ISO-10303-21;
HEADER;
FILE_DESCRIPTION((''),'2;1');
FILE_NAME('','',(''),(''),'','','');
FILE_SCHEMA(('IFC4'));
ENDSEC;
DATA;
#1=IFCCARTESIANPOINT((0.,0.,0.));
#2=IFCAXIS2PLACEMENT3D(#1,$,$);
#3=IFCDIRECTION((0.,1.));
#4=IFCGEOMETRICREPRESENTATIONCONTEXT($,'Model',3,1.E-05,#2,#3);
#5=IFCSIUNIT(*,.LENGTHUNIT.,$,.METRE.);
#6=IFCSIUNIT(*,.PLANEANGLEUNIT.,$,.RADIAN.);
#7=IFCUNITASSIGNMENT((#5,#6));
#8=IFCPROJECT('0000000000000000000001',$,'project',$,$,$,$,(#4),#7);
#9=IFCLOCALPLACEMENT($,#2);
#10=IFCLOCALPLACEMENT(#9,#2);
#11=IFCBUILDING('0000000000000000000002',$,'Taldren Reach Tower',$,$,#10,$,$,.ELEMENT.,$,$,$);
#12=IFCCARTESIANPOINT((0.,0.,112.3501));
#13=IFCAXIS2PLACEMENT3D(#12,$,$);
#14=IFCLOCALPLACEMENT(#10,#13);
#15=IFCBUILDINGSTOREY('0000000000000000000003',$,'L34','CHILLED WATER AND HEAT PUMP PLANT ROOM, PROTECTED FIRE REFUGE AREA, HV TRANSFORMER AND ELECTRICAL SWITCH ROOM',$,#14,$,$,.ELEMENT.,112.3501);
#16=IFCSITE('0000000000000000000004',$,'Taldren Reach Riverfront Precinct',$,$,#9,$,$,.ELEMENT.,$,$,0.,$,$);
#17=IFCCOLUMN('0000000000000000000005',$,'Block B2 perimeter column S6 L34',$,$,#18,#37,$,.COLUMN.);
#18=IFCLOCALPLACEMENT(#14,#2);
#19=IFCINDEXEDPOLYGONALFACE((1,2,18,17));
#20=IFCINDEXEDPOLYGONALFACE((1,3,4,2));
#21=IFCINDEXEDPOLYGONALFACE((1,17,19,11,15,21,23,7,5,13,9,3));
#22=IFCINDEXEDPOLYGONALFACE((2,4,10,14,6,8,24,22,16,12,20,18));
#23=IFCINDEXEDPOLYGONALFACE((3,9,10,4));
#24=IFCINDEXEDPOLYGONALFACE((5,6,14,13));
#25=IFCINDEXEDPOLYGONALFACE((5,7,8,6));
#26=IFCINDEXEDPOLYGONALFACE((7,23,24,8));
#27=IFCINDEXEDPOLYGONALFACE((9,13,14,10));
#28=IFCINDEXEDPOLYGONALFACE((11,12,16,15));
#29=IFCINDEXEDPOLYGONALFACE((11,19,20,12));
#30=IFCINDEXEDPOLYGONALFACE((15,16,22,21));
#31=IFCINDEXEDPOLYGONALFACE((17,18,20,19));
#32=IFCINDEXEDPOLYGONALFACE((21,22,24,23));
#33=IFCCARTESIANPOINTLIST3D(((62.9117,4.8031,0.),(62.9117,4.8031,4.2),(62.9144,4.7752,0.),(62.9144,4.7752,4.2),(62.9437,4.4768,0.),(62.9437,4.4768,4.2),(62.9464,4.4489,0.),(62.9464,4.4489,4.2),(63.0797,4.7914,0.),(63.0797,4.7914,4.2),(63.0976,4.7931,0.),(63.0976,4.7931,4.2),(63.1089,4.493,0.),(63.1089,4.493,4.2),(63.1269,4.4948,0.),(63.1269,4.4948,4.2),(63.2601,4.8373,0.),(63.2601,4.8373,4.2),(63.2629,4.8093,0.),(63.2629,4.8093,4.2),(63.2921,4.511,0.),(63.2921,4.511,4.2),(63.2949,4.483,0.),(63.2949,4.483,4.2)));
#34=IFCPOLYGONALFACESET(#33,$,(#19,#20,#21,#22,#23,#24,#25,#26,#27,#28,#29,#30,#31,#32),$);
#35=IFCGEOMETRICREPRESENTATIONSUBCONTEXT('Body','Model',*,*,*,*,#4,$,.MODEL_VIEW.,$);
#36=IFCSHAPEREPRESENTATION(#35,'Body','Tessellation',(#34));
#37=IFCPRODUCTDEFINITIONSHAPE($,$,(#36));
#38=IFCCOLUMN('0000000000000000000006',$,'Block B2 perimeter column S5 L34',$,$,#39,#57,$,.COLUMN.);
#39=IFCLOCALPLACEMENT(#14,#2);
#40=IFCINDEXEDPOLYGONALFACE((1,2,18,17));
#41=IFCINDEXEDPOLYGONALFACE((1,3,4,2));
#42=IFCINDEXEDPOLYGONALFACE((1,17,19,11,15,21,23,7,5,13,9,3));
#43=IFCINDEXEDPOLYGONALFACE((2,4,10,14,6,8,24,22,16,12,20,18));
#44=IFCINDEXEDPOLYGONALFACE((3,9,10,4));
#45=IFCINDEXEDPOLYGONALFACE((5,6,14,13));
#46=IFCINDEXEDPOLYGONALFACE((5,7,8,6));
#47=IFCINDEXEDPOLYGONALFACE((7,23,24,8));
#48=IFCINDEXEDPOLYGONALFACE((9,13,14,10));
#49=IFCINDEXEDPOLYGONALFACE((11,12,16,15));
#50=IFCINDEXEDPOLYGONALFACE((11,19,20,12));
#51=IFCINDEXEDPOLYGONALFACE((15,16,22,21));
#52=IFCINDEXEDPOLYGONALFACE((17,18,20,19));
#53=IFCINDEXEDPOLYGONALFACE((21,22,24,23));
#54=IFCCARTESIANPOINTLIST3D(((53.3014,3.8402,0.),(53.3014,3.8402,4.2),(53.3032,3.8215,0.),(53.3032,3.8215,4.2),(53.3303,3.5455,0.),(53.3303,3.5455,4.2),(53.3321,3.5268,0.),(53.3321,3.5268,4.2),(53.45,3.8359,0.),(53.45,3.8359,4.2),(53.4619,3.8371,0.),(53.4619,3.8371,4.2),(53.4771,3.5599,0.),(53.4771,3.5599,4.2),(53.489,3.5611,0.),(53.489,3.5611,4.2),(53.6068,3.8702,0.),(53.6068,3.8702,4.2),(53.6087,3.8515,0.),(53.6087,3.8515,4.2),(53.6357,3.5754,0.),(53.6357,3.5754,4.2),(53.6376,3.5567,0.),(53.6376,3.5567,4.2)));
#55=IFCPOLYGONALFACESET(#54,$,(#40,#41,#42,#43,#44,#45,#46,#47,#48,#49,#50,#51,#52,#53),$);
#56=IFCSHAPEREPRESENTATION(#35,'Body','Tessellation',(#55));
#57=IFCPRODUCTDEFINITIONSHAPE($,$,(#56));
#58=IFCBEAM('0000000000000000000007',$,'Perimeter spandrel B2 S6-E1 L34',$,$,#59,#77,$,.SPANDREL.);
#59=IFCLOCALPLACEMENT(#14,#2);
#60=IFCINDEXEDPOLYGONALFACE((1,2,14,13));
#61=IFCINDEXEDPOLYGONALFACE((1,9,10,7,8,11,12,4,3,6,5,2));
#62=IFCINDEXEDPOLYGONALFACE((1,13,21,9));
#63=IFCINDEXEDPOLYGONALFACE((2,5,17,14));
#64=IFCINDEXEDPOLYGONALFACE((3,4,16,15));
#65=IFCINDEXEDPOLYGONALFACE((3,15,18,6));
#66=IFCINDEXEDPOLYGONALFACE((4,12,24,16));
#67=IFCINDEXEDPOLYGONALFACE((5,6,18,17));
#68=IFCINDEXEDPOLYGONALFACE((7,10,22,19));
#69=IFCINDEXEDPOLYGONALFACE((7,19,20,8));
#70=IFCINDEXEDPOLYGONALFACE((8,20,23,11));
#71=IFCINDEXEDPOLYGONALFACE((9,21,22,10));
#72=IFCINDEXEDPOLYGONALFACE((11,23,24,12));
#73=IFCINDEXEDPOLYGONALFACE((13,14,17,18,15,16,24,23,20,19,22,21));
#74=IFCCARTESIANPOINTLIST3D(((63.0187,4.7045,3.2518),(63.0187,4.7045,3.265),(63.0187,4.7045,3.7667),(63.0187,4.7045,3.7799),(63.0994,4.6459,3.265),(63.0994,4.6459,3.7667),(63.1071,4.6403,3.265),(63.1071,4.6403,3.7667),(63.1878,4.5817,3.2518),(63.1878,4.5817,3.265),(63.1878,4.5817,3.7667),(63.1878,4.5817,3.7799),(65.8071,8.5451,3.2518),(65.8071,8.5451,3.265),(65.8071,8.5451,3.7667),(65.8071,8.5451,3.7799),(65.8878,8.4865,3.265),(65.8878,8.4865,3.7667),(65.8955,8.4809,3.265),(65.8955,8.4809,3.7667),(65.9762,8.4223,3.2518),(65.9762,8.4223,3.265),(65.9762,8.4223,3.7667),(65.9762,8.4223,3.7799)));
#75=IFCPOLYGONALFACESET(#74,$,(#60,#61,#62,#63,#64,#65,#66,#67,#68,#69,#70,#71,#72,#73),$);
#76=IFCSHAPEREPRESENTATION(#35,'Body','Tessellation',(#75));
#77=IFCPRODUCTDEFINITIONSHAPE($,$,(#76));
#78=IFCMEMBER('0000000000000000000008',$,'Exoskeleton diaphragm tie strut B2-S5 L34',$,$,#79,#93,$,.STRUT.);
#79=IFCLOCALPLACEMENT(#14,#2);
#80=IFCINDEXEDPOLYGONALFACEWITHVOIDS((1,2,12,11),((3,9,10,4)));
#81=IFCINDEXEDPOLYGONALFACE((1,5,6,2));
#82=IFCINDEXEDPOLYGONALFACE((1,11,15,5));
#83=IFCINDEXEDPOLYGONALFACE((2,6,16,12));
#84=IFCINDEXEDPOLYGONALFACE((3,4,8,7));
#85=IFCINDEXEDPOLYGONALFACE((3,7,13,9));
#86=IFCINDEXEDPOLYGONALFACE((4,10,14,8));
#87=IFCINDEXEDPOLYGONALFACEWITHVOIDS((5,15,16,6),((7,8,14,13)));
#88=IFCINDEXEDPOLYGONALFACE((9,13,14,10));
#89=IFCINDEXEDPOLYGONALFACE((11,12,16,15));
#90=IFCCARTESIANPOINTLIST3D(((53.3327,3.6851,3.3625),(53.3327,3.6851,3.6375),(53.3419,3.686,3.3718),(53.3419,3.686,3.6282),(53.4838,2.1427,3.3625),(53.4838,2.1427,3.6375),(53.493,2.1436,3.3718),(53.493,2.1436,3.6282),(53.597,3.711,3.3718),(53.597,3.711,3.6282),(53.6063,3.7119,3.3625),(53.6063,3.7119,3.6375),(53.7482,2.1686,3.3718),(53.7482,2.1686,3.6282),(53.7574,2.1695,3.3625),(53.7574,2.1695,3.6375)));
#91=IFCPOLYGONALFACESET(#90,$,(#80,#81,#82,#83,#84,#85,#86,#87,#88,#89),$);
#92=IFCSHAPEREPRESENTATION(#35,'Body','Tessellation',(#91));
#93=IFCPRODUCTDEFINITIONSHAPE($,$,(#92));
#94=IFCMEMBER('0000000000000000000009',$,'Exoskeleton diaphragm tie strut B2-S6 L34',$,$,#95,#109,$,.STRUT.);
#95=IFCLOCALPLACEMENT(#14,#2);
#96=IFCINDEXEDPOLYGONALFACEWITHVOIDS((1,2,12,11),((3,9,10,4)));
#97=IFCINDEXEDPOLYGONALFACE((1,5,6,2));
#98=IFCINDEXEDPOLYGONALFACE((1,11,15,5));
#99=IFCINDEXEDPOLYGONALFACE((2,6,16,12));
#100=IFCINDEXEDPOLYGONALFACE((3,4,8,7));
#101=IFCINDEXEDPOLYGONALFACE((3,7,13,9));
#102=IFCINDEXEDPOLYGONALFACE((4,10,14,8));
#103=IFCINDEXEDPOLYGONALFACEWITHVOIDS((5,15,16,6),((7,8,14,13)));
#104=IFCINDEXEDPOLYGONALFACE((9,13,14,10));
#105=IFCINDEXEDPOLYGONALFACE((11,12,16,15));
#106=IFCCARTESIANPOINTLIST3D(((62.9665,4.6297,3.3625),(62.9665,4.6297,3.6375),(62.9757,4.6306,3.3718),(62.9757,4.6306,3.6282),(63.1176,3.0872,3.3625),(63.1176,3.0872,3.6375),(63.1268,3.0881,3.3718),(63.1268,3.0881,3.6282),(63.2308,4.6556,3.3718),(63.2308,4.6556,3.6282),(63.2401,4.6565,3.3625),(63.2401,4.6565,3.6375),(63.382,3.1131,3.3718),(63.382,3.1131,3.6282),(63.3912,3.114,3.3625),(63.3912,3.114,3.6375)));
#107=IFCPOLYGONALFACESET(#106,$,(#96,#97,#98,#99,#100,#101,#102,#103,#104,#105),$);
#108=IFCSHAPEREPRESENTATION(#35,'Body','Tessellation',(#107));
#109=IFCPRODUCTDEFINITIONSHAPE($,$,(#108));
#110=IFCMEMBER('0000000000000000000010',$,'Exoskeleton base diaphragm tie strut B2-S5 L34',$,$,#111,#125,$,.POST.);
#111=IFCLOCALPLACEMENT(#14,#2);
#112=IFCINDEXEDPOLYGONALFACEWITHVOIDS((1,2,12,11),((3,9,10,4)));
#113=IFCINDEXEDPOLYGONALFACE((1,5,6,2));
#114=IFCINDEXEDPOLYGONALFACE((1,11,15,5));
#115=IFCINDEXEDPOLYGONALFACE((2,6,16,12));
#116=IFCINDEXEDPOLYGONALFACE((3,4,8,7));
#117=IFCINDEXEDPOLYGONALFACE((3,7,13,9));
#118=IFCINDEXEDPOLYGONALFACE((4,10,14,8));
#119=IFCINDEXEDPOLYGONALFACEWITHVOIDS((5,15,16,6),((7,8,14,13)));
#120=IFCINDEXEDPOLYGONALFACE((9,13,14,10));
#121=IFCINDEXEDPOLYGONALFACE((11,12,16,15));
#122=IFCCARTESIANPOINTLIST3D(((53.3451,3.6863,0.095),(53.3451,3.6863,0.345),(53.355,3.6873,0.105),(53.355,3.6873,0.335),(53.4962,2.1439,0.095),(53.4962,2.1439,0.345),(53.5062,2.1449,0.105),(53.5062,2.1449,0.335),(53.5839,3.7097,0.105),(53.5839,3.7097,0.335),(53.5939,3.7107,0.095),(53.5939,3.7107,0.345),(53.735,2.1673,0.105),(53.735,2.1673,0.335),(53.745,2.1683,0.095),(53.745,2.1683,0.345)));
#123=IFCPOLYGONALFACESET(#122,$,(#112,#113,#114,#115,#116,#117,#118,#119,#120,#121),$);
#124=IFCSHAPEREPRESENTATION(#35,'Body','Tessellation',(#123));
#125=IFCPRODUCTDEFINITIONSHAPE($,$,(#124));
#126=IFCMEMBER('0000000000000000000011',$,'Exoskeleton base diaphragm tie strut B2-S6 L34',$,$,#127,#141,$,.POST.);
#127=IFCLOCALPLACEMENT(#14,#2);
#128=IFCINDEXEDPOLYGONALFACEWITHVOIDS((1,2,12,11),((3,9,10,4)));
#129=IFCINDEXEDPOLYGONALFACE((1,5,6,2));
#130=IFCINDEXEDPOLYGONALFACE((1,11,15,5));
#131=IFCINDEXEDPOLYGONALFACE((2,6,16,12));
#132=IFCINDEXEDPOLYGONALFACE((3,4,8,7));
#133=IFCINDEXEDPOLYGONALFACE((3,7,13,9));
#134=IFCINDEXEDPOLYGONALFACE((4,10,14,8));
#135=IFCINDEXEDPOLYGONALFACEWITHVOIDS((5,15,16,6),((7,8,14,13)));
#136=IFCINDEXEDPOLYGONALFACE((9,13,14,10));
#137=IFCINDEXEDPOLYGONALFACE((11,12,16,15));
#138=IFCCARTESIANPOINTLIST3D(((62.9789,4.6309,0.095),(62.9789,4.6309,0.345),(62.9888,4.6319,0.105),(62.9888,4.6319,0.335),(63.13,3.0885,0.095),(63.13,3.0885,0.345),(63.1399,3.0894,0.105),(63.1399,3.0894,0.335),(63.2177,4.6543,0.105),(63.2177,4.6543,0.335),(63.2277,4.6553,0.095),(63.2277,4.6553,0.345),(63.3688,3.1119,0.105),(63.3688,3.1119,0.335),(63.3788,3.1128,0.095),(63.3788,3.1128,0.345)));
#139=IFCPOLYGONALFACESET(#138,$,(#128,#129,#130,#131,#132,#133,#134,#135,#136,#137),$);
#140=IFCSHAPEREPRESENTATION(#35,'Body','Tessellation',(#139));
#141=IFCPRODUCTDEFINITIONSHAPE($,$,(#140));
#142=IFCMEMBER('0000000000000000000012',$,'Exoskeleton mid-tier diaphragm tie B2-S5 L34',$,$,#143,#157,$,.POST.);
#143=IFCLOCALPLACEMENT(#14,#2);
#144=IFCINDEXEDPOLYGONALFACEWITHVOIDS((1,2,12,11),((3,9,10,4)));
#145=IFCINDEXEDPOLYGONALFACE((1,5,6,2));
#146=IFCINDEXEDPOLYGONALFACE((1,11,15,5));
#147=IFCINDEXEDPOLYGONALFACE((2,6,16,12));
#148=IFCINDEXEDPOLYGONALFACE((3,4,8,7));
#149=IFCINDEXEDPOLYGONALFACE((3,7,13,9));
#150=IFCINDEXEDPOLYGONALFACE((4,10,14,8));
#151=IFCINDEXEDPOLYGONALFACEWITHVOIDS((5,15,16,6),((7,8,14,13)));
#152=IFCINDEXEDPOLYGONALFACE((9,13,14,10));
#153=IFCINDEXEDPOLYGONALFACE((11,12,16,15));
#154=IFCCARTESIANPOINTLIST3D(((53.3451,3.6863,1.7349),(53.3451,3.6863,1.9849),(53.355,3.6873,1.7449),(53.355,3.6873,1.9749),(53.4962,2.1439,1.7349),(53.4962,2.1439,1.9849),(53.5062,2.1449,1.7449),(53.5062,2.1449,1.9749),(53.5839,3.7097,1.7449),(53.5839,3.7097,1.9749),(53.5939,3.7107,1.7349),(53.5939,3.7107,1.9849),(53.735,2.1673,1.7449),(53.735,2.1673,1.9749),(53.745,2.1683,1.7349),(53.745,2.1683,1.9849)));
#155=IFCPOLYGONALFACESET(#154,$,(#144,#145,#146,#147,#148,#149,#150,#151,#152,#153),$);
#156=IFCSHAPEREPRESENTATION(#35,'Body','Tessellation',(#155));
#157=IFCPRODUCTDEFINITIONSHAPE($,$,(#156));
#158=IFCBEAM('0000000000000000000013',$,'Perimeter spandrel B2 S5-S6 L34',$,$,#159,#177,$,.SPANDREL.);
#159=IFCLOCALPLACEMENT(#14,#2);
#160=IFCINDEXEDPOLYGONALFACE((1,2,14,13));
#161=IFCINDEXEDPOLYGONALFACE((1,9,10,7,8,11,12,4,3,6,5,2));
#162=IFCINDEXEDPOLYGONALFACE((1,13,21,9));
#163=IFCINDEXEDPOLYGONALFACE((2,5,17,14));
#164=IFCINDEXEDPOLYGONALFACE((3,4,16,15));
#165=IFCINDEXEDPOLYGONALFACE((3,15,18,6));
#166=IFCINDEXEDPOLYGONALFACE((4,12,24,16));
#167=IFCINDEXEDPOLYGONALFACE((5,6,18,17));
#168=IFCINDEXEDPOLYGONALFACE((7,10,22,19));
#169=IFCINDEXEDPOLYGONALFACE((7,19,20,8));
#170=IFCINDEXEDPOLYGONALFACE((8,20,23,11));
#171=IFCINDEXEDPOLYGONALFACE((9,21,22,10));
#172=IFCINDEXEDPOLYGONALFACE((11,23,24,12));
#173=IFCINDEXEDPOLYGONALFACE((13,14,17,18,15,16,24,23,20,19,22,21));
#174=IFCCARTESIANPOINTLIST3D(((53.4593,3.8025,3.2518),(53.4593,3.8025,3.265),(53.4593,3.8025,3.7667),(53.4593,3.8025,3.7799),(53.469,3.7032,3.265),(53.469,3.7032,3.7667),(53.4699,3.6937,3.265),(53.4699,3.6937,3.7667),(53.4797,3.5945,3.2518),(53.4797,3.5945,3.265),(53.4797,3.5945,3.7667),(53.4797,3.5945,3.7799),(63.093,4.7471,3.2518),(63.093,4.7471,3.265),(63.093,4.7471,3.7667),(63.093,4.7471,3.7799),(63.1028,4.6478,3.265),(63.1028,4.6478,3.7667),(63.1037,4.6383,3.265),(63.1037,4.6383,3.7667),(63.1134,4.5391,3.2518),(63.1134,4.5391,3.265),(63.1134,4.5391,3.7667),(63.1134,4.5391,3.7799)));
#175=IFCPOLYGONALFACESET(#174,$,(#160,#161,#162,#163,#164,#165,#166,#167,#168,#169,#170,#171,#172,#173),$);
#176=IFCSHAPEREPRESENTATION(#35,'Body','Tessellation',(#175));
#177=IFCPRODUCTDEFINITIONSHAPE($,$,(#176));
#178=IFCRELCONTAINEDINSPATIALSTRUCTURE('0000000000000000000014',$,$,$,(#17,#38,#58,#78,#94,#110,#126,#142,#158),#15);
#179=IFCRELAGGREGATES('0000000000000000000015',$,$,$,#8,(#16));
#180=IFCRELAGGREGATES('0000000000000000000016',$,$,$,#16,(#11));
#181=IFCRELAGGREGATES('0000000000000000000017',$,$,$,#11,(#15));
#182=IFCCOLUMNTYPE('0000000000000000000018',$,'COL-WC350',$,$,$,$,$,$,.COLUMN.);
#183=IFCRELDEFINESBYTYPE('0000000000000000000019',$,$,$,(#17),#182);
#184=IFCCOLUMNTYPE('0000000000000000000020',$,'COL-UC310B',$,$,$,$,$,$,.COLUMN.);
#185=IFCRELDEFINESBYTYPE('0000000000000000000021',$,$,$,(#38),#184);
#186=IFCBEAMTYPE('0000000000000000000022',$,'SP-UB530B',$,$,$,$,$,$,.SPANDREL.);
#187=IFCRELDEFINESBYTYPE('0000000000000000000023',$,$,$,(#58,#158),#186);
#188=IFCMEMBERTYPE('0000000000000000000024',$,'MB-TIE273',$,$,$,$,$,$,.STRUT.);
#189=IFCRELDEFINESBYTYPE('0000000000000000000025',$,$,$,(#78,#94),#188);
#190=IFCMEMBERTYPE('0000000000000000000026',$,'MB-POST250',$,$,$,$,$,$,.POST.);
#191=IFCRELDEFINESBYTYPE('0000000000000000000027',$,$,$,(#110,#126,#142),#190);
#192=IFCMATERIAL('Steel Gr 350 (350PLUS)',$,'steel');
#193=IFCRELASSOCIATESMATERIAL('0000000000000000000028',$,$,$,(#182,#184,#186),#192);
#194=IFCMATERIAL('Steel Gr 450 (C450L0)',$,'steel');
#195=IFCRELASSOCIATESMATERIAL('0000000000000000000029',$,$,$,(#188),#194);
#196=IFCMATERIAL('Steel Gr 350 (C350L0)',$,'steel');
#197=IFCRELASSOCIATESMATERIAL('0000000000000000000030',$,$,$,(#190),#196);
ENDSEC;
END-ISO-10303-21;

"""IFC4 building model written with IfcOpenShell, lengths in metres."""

from ifc_helpers import new_model, si_unit, direction, frame, origin, origin_2d, place, context, subcontext, project, spatial, hollow_rectangle, i_section, extrude, source, transform, mapped, material, material_profile, profile_set, type_object, element, save


model = new_model("IFC4")

# Units and contexts
model_context = context("Model", 3, precision=1e-05, world=origin(), true_north=direction((0.0, 1.0)))
body_context = subcontext(model_context, "Body", "Model", "MODEL_VIEW")
ifc_project = project(units=[si_unit("LENGTHUNIT", "METRE"), si_unit("PLANEANGLEUNIT", "RADIAN")], contexts=[model_context])

# Site, building, storey
site_placement = place(None, origin())
site = spatial("IfcSite", under=ifc_project, at=site_placement, Name="Taldren Reach Riverfront Precinct", CompositionType="ELEMENT", RefElevation=0.0)
building_placement = place(site_placement, origin())
building = spatial("IfcBuilding", under=site, at=building_placement, Name="Taldren Reach Tower", CompositionType="ELEMENT")
storey_placement = place(building_placement, frame((0.0, 0.0, 112.3501)))
storey = spatial("IfcBuildingStorey", under=building, at=storey_placement, Name="L34", Description="CHILLED WATER AND HEAT PUMP PLANT ROOM, PROTECTED FIRE REFUGE AREA, HV TRANSFORMER AND ELECTRICAL SWITCH ROOM", CompositionType="ELEMENT", Elevation=112.3501)

# Columns
ifc_material_1 = material(Name="Steel Gr 350 (350PLUS)", Category="steel")
ifc_material_profile_1 = material_profile(ifc_material_1, i_section(OverallWidth=0.3501, OverallDepth=0.356, WebThickness=0.0181, FlangeThickness=0.0281, at=origin_2d()), Name="350WC197")
ifc_profile_set_1 = profile_set([ifc_material_profile_1], Name="Steel Gr 350 (350PLUS)")
column_type_1 = type_object("IfcColumnType", Name="COL-WC350", PredefinedType="COLUMN", material=ifc_profile_set_1)
shared_shape_1 = source(origin(), body_context, "Body", "SweptSolid", [
    extrude(i_section(OverallWidth=0.3501, OverallDepth=0.356, WebThickness=0.0181, FlangeThickness=0.0281, at=origin_2d()), origin(), (0.0, 0.0, 1.0), 4.2),
])
column_1_placement = place(storey_placement, frame((63.1033, 4.6431, 0.0), z_axis=(0.0, 0.0, 1.0), x_axis=(0.995227, 0.097583, 0.0)))
element("IfcColumn", 1, at=column_1_placement, inside=storey, type_object=column_type_1, Name="Block B2 perimeter column S6 L34", PredefinedType="COLUMN", context=body_context, shape_type="MappedRepresentation", body=[
    mapped(shared_shape_1, transform((0.0, 0.0, 0.0), scale=1.0)),
])
ifc_material_profile_2 = material_profile(ifc_material_1, i_section(OverallWidth=0.3069, OverallDepth=0.3149, WebThickness=0.012, FlangeThickness=0.0188, at=origin_2d()), Name="310UC118")
ifc_profile_set_2 = profile_set([ifc_material_profile_2], Name="Steel Gr 350 (350PLUS)")
column_type_2 = type_object("IfcColumnType", Name="COL-UC310B", PredefinedType="COLUMN", material=ifc_profile_set_2)
shared_shape_2 = source(origin(), body_context, "Body", "SweptSolid", [
    extrude(i_section(OverallWidth=0.3069, OverallDepth=0.3149, WebThickness=0.012, FlangeThickness=0.0188, at=origin_2d()), origin(), (0.0, 0.0, 1.0), 4.2),
])
column_2_placement = place(storey_placement, frame((53.4695, 3.6985, 0.0), z_axis=(0.0, 0.0, 1.0), x_axis=(0.995227, 0.097583, 0.0)))
element("IfcColumn", 2, at=column_2_placement, inside=storey, type_object=column_type_2, Name="Block B2 perimeter column S5 L34", PredefinedType="COLUMN", context=body_context, shape_type="MappedRepresentation", body=[
    mapped(shared_shape_2, transform((0.0, 0.0, 0.0), scale=1.0)),
])

# Beam
ifc_material_profile_3 = material_profile(ifc_material_1, i_section(OverallWidth=0.209, OverallDepth=0.5281, WebThickness=0.0095, FlangeThickness=0.0132, at=origin_2d()), Name="530UB82.0")
ifc_profile_set_3 = profile_set([ifc_material_profile_3], Name="Steel Gr 350 (350PLUS)")
beam_type_1 = type_object("IfcBeamType", Name="SP-UB530B", PredefinedType="SPANDREL", material=ifc_profile_set_3)
shared_shape_3 = source(origin(), body_context, "Body", "SweptSolid", [
    extrude(i_section(OverallWidth=0.209, OverallDepth=0.5281, WebThickness=0.0095, FlangeThickness=0.0132, at=origin_2d()), origin(), (0.0, 0.0, 1.0), 4.7461),
])
beam_1_placement = place(storey_placement, frame((63.1033, 4.6431, 3.5159), z_axis=(0.587508, 0.809219, 0.0), x_axis=(-0.809219, 0.587508, 0.0)))
element("IfcBeam", 3, at=beam_1_placement, inside=storey, type_object=beam_type_1, Name="Perimeter spandrel B2 S6-E1 L34", PredefinedType="SPANDREL", context=body_context, shape_type="MappedRepresentation", body=[
    mapped(shared_shape_3, transform((0.0, 0.0, 0.0), scale=1.0)),
])

# Members
ifc_material_2 = material(Name="Steel Gr 450 (C450L0)", Category="steel")
ifc_material_profile_4 = material_profile(ifc_material_2, hollow_rectangle(XDim=0.2749, YDim=0.2749, WallThickness=0.0093, at=origin_2d()), Name="275x275x9.3SHS")
ifc_profile_set_4 = profile_set([ifc_material_profile_4], Name="Steel Gr 450 (C450L0)")
member_type_1 = type_object("IfcMemberType", Name="MB-TIE273", PredefinedType="STRUT", material=ifc_profile_set_4)
shared_shape_4 = source(origin(), body_context, "Body", "SweptSolid", [
    extrude(hollow_rectangle(XDim=0.2749, YDim=0.2749, WallThickness=0.0093, at=origin_2d()), origin(), (0.0, 0.0, 1.0), 1.5498),
])
for number, where, z_axis, x_axis, name in (
    (4, (53.4695, 3.6985, 3.5), (0.097507, -0.995235, 0.0), (0.995235, 0.097507, 0.0), "Exoskeleton diaphragm tie strut B2-S5 L34"),
    (5, (63.1033, 4.6431, 3.5), (0.097507, -0.995235, 0.0), (0.995235, 0.097507, 0.0), "Exoskeleton diaphragm tie strut B2-S6 L34"),
):
    element("IfcMember", number, at=place(storey_placement, frame(where, z_axis=z_axis, x_axis=x_axis)), inside=storey, type_object=member_type_1, Name=name, PredefinedType="STRUT", context=body_context, shape_type="MappedRepresentation", body=[
        mapped(shared_shape_4, transform((0.0, 0.0, 0.0), scale=1.0)),
    ])
ifc_material_3 = material(Name="Steel Gr 350 (C350L0)", Category="steel")
ifc_material_profile_5 = material_profile(ifc_material_3, hollow_rectangle(XDim=0.25, YDim=0.25, WallThickness=0.01, at=origin_2d()), Name="250x250x10.0SHS")
ifc_profile_set_5 = profile_set([ifc_material_profile_5], Name="Steel Gr 350 (C350L0)")
member_type_2 = type_object("IfcMemberType", Name="MB-POST250", PredefinedType="POST", material=ifc_profile_set_5)
shared_shape_5 = source(origin(), body_context, "Body", "SweptSolid", [
    extrude(hollow_rectangle(XDim=0.25, YDim=0.25, WallThickness=0.01, at=origin_2d()), origin(), (0.0, 0.0, 1.0), 1.5498),
])
for number, where, z_axis, x_axis, name in (
    (6, (53.4695, 3.6985, 0.22), (0.097507, -0.995235, 0.0), (0.995235, 0.097507, 0.0), "Exoskeleton base diaphragm tie strut B2-S5 L34"),
    (7, (63.1033, 4.6431, 0.22), (0.097507, -0.995235, 0.0), (0.995235, 0.097507, 0.0), "Exoskeleton base diaphragm tie strut B2-S6 L34"),
    (8, (53.4695, 3.6985, 1.8599), (0.097507, -0.995235, 0.0), (0.995235, 0.097507, 0.0), "Exoskeleton mid-tier diaphragm tie B2-S5 L34"),
):
    element("IfcMember", number, at=place(storey_placement, frame(where, z_axis=z_axis, x_axis=x_axis)), inside=storey, type_object=member_type_2, Name=name, PredefinedType="POST", context=body_context, shape_type="MappedRepresentation", body=[
        mapped(shared_shape_5, transform((0.0, 0.0, 0.0), scale=1.0)),
    ])

# Beam
shared_shape_6 = source(origin(), body_context, "Body", "SweptSolid", [
    extrude(i_section(OverallWidth=0.209, OverallDepth=0.5281, WebThickness=0.0095, FlangeThickness=0.0132, at=origin_2d()), origin(), (0.0, 0.0, 1.0), 9.6799),
])
beam_2_placement = place(storey_placement, frame((53.4695, 3.6985, 3.5159), z_axis=(0.995228, 0.097581, 0.0), x_axis=(-0.097581, 0.995228, 0.0)))
element("IfcBeam", 9, at=beam_2_placement, inside=storey, type_object=beam_type_1, Name="Perimeter spandrel B2 S5-S6 L34", PredefinedType="SPANDREL", context=body_context, shape_type="MappedRepresentation", body=[
    mapped(shared_shape_6, transform((0.0, 0.0, 0.0), scale=1.0)),
])

save(model, "model.ifc")
